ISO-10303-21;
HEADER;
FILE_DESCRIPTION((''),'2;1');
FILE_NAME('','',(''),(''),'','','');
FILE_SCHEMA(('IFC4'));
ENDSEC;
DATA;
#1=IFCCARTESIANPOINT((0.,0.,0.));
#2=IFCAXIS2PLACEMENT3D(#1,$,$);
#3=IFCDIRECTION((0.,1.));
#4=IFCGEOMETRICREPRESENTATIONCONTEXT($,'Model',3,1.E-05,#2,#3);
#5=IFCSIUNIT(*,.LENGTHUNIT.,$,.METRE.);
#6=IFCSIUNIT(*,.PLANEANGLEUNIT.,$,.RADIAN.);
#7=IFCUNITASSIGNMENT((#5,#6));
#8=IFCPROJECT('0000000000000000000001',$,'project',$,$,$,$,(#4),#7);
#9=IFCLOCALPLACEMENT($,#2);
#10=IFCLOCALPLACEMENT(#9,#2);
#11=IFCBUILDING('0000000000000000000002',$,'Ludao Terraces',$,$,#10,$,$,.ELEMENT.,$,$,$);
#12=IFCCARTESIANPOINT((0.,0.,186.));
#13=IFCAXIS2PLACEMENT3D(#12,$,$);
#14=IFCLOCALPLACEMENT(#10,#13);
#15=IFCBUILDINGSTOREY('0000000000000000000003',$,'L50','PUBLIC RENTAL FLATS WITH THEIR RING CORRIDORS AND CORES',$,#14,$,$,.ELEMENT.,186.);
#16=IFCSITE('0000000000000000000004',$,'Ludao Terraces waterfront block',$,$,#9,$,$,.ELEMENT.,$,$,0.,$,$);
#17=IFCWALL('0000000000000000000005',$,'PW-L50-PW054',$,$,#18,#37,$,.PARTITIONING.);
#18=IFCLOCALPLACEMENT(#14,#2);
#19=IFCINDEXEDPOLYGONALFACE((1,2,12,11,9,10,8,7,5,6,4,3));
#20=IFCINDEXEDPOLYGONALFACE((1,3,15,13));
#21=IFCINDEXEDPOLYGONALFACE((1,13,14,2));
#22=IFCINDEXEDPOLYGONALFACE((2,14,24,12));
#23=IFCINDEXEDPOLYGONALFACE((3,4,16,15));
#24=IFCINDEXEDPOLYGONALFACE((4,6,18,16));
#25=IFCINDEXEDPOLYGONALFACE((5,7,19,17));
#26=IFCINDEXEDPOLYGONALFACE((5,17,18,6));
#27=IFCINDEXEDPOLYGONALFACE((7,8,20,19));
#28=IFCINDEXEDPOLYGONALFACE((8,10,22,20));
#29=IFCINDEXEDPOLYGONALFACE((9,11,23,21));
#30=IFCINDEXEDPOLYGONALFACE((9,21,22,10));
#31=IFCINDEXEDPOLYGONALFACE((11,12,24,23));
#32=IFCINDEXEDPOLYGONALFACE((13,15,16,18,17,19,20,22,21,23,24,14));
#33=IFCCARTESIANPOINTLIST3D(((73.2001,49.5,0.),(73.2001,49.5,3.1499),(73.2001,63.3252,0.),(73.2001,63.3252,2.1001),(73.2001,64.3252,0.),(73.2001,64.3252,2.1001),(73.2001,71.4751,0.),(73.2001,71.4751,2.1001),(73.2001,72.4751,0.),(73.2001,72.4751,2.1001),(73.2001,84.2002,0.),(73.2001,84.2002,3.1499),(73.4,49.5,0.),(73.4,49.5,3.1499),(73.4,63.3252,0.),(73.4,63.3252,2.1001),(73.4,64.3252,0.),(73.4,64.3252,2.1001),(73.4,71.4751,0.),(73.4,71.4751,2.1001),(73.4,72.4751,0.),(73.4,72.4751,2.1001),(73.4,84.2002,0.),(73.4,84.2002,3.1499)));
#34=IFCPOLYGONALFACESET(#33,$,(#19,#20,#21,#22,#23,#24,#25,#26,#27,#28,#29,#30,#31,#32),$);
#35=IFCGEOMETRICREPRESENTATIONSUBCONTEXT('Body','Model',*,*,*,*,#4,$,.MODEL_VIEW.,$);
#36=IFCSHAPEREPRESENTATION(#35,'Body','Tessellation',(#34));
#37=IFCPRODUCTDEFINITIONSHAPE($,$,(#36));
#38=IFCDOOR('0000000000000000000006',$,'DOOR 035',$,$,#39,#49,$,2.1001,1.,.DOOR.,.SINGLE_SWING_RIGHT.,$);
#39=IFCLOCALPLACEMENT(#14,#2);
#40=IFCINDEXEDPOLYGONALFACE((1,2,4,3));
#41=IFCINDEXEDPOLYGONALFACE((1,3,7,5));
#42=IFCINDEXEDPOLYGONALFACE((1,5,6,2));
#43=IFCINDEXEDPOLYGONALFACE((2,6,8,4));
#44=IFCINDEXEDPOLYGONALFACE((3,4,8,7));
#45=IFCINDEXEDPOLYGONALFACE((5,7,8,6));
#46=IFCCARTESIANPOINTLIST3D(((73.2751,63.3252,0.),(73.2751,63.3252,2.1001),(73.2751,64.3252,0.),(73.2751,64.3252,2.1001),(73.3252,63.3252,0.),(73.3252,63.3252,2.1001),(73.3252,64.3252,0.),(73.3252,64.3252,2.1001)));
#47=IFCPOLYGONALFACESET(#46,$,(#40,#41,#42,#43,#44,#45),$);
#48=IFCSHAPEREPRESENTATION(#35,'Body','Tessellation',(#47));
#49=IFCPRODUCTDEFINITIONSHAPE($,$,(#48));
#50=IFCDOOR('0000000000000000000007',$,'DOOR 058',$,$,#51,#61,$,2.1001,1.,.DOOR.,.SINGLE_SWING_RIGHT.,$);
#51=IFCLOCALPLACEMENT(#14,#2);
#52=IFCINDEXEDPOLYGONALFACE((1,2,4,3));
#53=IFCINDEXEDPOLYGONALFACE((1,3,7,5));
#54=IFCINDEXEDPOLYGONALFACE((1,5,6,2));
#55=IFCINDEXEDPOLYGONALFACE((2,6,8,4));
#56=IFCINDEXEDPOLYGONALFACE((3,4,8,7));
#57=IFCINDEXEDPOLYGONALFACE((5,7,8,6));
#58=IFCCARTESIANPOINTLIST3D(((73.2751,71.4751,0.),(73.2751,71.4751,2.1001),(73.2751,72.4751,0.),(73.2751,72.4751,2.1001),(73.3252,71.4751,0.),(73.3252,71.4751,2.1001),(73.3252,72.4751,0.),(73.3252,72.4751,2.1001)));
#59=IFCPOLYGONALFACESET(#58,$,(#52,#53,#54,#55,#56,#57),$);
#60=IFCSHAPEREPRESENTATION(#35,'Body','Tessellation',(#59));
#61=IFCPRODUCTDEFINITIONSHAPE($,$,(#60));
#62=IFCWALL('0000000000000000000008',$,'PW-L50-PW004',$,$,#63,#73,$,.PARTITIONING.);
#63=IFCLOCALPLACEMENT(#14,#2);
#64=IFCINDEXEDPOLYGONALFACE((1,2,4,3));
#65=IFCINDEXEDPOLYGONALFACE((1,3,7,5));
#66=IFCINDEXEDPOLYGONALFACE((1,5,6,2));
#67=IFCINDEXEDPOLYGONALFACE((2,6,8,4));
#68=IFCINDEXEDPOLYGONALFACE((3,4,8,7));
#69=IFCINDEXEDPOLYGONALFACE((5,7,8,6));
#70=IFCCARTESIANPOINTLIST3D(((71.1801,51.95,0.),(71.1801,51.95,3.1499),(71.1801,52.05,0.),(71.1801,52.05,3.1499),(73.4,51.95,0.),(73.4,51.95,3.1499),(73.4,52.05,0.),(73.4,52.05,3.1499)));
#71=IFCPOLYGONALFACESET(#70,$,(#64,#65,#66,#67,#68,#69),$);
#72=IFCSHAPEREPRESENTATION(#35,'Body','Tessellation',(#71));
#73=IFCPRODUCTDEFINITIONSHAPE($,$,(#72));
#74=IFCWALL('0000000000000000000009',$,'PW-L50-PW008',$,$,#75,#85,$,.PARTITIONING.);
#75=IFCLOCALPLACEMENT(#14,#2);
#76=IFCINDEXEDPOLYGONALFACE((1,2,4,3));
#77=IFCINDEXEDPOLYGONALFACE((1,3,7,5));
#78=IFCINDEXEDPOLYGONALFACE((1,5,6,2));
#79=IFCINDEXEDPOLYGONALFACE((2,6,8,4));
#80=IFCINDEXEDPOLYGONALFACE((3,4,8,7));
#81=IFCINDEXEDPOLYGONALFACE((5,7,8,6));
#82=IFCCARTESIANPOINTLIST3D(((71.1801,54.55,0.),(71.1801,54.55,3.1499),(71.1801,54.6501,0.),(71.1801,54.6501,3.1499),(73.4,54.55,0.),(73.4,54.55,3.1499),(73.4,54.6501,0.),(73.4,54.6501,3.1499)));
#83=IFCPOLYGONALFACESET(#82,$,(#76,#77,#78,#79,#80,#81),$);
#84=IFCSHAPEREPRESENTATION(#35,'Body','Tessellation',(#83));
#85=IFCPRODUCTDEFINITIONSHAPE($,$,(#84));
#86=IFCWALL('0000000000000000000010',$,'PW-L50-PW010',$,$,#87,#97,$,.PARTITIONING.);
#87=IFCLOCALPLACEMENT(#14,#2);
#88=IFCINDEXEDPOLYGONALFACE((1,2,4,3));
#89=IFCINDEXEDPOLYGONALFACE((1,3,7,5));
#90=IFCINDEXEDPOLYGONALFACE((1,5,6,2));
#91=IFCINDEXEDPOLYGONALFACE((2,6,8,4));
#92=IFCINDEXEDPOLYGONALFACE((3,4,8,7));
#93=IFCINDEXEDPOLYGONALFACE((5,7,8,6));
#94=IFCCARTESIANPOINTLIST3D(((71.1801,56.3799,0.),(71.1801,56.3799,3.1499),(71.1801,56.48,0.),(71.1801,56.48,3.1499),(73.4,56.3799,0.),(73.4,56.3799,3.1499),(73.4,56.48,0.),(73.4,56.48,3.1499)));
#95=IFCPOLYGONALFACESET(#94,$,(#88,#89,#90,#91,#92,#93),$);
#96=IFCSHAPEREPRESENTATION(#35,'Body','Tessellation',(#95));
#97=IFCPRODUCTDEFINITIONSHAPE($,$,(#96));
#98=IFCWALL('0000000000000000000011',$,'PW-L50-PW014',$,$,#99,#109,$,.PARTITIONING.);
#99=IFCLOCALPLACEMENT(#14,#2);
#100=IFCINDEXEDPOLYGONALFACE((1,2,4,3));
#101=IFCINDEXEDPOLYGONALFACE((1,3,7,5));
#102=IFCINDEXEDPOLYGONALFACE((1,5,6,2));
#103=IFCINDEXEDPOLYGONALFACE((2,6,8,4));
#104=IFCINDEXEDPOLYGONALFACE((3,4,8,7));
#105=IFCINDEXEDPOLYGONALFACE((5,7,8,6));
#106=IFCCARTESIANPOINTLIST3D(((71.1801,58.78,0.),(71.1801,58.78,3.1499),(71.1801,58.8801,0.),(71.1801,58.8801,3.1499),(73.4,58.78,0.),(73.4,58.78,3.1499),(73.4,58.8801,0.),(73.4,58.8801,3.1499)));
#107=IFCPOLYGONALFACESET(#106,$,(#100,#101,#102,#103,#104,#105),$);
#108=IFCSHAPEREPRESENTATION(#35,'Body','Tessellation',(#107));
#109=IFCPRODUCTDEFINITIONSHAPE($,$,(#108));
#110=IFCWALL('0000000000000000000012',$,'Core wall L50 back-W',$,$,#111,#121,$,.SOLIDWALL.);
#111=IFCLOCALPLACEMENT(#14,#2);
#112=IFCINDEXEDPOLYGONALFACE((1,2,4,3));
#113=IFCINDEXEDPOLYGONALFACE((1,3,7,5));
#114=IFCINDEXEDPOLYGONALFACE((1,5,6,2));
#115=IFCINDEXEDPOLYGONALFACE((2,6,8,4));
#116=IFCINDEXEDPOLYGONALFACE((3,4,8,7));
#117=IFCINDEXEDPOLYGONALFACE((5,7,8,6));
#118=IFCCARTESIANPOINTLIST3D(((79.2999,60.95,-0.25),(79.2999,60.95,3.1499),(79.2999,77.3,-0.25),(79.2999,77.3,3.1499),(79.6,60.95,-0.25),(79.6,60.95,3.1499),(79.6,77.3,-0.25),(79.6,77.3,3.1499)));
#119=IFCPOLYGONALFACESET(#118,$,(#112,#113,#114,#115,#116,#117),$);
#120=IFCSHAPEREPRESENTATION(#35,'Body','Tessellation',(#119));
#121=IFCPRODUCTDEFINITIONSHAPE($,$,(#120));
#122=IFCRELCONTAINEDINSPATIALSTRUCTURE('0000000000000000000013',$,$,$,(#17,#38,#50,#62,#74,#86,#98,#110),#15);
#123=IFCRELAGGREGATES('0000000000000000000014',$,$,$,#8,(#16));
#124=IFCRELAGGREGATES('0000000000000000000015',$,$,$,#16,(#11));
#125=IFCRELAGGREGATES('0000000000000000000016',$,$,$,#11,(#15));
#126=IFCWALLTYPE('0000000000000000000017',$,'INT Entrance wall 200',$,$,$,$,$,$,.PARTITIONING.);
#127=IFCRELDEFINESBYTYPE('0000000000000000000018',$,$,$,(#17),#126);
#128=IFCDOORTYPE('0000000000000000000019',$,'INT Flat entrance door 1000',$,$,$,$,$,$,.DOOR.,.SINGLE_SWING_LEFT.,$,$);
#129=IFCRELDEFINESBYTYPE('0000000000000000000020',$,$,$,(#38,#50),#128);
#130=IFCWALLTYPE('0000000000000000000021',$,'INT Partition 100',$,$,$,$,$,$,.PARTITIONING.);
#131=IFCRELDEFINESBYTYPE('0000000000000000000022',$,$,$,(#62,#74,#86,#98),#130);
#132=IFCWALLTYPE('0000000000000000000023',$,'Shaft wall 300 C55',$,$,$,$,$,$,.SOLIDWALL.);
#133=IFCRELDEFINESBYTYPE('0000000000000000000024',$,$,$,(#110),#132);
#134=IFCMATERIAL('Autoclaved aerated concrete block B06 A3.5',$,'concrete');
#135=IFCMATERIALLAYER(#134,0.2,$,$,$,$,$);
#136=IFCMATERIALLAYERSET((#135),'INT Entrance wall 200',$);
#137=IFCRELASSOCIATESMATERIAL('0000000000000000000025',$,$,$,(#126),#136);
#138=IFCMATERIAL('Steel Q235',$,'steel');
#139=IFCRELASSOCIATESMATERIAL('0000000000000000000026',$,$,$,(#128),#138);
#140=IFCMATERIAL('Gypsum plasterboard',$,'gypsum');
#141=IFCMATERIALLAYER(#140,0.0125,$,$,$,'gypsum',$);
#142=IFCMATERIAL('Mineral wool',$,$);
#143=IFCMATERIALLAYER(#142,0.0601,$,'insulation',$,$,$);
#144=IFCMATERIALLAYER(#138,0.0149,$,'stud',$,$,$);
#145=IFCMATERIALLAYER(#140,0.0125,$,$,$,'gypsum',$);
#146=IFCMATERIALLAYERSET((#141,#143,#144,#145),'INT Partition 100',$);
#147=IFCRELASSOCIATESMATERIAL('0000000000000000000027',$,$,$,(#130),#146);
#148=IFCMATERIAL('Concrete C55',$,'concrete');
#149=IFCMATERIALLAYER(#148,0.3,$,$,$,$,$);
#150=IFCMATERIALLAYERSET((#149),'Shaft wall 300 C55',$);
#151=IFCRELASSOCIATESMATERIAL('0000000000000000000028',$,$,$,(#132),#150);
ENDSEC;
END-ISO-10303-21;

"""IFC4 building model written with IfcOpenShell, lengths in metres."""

from ifc_helpers import new_model, si_unit, direction, frame, frame_2d, origin, place, context, subcontext, project, spatial, rectangle, extrude, material, layer, layer_set, type_object, element, fill, save


model = new_model("IFC4")

# Units and contexts
model_context = context("Model", 3, precision=1e-05, world=origin(), true_north=direction((0.0, 1.0)))
body_context = subcontext(model_context, "Body", "Model", "MODEL_VIEW")
ifc_project = project(units=[si_unit("LENGTHUNIT", "METRE"), si_unit("PLANEANGLEUNIT", "RADIAN")], contexts=[model_context])

# Site, building, storey
site_placement = place(None, origin())
site = spatial("IfcSite", under=ifc_project, at=site_placement, Name="Ludao Terraces waterfront block", CompositionType="ELEMENT", RefElevation=0.0)
building_placement = place(site_placement, origin())
building = spatial("IfcBuilding", under=site, at=building_placement, Name="Ludao Terraces", CompositionType="ELEMENT")
storey_placement = place(building_placement, frame((0.0, 0.0, 186.0)))
storey = spatial("IfcBuildingStorey", under=building, at=storey_placement, Name="L50", Description="PUBLIC RENTAL FLATS WITH THEIR RING CORRIDORS AND CORES", CompositionType="ELEMENT", Elevation=186.0)

# Shared definitions
ifc_material_1 = material(Name="Steel Q235", Category="steel")

# Wall, openings, doors
ifc_material_2 = material(Name="Autoclaved aerated concrete block B06 A3.5", Category="concrete")
ifc_layer_1 = layer(ifc_material_2, 0.2)
ifc_layer_set_1 = layer_set([ifc_layer_1], Name="INT Entrance wall 200")
wall_type_1 = type_object("IfcWallType", Name="INT Entrance wall 200", PredefinedType="PARTITIONING", material=ifc_layer_set_1)
wall_1_placement = place(storey_placement, frame((73.3, 49.5, 0.0), z_axis=(0.0, 0.0, 1.0), x_axis=(0.0, 1.0, 0.0)))
wall_1 = element("IfcWall", 1, at=wall_1_placement, inside=storey, type_object=wall_type_1, Name="PW-L50-PW054", PredefinedType="PARTITIONING", context=body_context, shape_type="SweptSolid", body=[
    extrude(rectangle(XDim=34.7002, YDim=0.2, at=frame_2d((17.3501, 0.0))), origin(), (0.0, 0.0, 1.0), 3.1499),
])
opening_1_placement = place(wall_1_placement, frame((13.8252, 0.0, 0.0)))
opening_1 = element("IfcOpeningElement", 2, at=opening_1_placement, cuts=wall_1, PredefinedType="OPENING", context=body_context, shape_type="SweptSolid", body=[
    extrude(rectangle(XDim=1.0, YDim=2.1001, at=frame_2d((0.5, 1.05))), frame((0.0, 0.1099, 0.0), z_axis=(0.0, -1.0, 0.0), x_axis=(1.0, 0.0, 0.0)), (0.0, 0.0, 1.0), 0.22),
])
opening_2_placement = place(wall_1_placement, frame((21.9751, 0.0, 0.0)))
opening_2 = element("IfcOpeningElement", 3, at=opening_2_placement, cuts=wall_1, PredefinedType="OPENING", context=body_context, shape_type="SweptSolid", body=[
    extrude(rectangle(XDim=1.0, YDim=2.1001, at=frame_2d((0.5, 1.05))), frame((0.0, 0.1099, 0.0), z_axis=(0.0, -1.0, 0.0), x_axis=(1.0, 0.0, 0.0)), (0.0, 0.0, 1.0), 0.22),
])
door_type_1 = type_object("IfcDoorType", Name="INT Flat entrance door 1000", OperationType="SINGLE_SWING_LEFT", PredefinedType="DOOR", material=ifc_material_1)
door_1_placement = place(opening_1_placement, origin())
door_1 = element("IfcDoor", 4, at=door_1_placement, inside=storey, type_object=door_type_1, Name="DOOR 035", OperationType="SINGLE_SWING_RIGHT", OverallHeight=2.1001, OverallWidth=1.0, PredefinedType="DOOR", context=body_context, shape_type="SweptSolid", body=[
    extrude(rectangle(XDim=1.0, YDim=2.1001, at=frame_2d((0.5, 1.05))), frame((0.0, 0.0249, 0.0), z_axis=(0.0, -1.0, 0.0), x_axis=(1.0, 0.0, 0.0)), (0.0, 0.0, 1.0), 0.05),
])
fill(opening_1, door_1)
door_2_placement = place(opening_2_placement, origin())
door_2 = element("IfcDoor", 5, at=door_2_placement, inside=storey, type_object=door_type_1, Name="DOOR 058", OperationType="SINGLE_SWING_RIGHT", OverallHeight=2.1001, OverallWidth=1.0, PredefinedType="DOOR", context=body_context, shape_type="SweptSolid", body=[
    extrude(rectangle(XDim=1.0, YDim=2.1001, at=frame_2d((0.5, 1.05))), frame((0.0, 0.0249, 0.0), z_axis=(0.0, -1.0, 0.0), x_axis=(1.0, 0.0, 0.0)), (0.0, 0.0, 1.0), 0.05),
])
fill(opening_2, door_2)

# Walls
ifc_material_3 = material(Name="Gypsum plasterboard", Category="gypsum")
ifc_layer_2 = layer(ifc_material_3, 0.0125, Category="gypsum")
ifc_material_4 = material(Name="Mineral wool")
ifc_layer_3 = layer(ifc_material_4, 0.0601, Name="insulation")
ifc_layer_4 = layer(ifc_material_1, 0.0149, Name="stud")
ifc_layer_5 = layer(ifc_material_3, 0.0125, Category="gypsum")
ifc_layer_set_2 = layer_set([ifc_layer_2, ifc_layer_3, ifc_layer_4, ifc_layer_5], Name="INT Partition 100")
wall_type_2 = type_object("IfcWallType", Name="INT Partition 100", PredefinedType="PARTITIONING", material=ifc_layer_set_2)
for number, where, z_axis, x_axis, name in (
    (6, (71.1802, 52.0, 0.0), (0.0, 0.0, 1.0), (1.0, 0.0, 0.0), "PW-L50-PW004"),
    (7, (71.1802, 54.6001, 0.0), (0.0, 0.0, 1.0), (1.0, 0.0, 0.0), "PW-L50-PW008"),
    (8, (71.1802, 56.4299, 0.0), (0.0, 0.0, 1.0), (1.0, 0.0, 0.0), "PW-L50-PW010"),
    (9, (71.1802, 58.8301, 0.0), (0.0, 0.0, 1.0), (1.0, 0.0, 0.0), "PW-L50-PW014"),
):
    element("IfcWall", number, at=place(storey_placement, frame(where, z_axis=z_axis, x_axis=x_axis)), inside=storey, type_object=wall_type_2, Name=name, PredefinedType="PARTITIONING", context=body_context, shape_type="SweptSolid", body=[
        extrude(rectangle(XDim=2.22, YDim=0.1001, at=frame_2d((1.1099, 0.0))), origin(), (0.0, 0.0, 1.0), 3.1499),
    ])
ifc_material_5 = material(Name="Concrete C55", Category="concrete")
ifc_layer_6 = layer(ifc_material_5, 0.3)
ifc_layer_set_3 = layer_set([ifc_layer_6], Name="Shaft wall 300 C55")
wall_type_3 = type_object("IfcWallType", Name="Shaft wall 300 C55", PredefinedType="SOLIDWALL", material=ifc_layer_set_3)
wall_2_placement = place(storey_placement, frame((79.45, 60.95, -0.25), z_axis=(0.0, 0.0, 1.0), x_axis=(0.0, 1.0, 0.0)))
element("IfcWall", 10, at=wall_2_placement, inside=storey, type_object=wall_type_3, Name="Core wall L50 back-W", PredefinedType="SOLIDWALL", context=body_context, shape_type="SweptSolid", body=[
    extrude(rectangle(XDim=16.3501, YDim=0.3, at=frame_2d((8.175, 0.0))), origin(), (0.0, 0.0, 1.0), 3.3999),
])

save(model, "model.ifc")
